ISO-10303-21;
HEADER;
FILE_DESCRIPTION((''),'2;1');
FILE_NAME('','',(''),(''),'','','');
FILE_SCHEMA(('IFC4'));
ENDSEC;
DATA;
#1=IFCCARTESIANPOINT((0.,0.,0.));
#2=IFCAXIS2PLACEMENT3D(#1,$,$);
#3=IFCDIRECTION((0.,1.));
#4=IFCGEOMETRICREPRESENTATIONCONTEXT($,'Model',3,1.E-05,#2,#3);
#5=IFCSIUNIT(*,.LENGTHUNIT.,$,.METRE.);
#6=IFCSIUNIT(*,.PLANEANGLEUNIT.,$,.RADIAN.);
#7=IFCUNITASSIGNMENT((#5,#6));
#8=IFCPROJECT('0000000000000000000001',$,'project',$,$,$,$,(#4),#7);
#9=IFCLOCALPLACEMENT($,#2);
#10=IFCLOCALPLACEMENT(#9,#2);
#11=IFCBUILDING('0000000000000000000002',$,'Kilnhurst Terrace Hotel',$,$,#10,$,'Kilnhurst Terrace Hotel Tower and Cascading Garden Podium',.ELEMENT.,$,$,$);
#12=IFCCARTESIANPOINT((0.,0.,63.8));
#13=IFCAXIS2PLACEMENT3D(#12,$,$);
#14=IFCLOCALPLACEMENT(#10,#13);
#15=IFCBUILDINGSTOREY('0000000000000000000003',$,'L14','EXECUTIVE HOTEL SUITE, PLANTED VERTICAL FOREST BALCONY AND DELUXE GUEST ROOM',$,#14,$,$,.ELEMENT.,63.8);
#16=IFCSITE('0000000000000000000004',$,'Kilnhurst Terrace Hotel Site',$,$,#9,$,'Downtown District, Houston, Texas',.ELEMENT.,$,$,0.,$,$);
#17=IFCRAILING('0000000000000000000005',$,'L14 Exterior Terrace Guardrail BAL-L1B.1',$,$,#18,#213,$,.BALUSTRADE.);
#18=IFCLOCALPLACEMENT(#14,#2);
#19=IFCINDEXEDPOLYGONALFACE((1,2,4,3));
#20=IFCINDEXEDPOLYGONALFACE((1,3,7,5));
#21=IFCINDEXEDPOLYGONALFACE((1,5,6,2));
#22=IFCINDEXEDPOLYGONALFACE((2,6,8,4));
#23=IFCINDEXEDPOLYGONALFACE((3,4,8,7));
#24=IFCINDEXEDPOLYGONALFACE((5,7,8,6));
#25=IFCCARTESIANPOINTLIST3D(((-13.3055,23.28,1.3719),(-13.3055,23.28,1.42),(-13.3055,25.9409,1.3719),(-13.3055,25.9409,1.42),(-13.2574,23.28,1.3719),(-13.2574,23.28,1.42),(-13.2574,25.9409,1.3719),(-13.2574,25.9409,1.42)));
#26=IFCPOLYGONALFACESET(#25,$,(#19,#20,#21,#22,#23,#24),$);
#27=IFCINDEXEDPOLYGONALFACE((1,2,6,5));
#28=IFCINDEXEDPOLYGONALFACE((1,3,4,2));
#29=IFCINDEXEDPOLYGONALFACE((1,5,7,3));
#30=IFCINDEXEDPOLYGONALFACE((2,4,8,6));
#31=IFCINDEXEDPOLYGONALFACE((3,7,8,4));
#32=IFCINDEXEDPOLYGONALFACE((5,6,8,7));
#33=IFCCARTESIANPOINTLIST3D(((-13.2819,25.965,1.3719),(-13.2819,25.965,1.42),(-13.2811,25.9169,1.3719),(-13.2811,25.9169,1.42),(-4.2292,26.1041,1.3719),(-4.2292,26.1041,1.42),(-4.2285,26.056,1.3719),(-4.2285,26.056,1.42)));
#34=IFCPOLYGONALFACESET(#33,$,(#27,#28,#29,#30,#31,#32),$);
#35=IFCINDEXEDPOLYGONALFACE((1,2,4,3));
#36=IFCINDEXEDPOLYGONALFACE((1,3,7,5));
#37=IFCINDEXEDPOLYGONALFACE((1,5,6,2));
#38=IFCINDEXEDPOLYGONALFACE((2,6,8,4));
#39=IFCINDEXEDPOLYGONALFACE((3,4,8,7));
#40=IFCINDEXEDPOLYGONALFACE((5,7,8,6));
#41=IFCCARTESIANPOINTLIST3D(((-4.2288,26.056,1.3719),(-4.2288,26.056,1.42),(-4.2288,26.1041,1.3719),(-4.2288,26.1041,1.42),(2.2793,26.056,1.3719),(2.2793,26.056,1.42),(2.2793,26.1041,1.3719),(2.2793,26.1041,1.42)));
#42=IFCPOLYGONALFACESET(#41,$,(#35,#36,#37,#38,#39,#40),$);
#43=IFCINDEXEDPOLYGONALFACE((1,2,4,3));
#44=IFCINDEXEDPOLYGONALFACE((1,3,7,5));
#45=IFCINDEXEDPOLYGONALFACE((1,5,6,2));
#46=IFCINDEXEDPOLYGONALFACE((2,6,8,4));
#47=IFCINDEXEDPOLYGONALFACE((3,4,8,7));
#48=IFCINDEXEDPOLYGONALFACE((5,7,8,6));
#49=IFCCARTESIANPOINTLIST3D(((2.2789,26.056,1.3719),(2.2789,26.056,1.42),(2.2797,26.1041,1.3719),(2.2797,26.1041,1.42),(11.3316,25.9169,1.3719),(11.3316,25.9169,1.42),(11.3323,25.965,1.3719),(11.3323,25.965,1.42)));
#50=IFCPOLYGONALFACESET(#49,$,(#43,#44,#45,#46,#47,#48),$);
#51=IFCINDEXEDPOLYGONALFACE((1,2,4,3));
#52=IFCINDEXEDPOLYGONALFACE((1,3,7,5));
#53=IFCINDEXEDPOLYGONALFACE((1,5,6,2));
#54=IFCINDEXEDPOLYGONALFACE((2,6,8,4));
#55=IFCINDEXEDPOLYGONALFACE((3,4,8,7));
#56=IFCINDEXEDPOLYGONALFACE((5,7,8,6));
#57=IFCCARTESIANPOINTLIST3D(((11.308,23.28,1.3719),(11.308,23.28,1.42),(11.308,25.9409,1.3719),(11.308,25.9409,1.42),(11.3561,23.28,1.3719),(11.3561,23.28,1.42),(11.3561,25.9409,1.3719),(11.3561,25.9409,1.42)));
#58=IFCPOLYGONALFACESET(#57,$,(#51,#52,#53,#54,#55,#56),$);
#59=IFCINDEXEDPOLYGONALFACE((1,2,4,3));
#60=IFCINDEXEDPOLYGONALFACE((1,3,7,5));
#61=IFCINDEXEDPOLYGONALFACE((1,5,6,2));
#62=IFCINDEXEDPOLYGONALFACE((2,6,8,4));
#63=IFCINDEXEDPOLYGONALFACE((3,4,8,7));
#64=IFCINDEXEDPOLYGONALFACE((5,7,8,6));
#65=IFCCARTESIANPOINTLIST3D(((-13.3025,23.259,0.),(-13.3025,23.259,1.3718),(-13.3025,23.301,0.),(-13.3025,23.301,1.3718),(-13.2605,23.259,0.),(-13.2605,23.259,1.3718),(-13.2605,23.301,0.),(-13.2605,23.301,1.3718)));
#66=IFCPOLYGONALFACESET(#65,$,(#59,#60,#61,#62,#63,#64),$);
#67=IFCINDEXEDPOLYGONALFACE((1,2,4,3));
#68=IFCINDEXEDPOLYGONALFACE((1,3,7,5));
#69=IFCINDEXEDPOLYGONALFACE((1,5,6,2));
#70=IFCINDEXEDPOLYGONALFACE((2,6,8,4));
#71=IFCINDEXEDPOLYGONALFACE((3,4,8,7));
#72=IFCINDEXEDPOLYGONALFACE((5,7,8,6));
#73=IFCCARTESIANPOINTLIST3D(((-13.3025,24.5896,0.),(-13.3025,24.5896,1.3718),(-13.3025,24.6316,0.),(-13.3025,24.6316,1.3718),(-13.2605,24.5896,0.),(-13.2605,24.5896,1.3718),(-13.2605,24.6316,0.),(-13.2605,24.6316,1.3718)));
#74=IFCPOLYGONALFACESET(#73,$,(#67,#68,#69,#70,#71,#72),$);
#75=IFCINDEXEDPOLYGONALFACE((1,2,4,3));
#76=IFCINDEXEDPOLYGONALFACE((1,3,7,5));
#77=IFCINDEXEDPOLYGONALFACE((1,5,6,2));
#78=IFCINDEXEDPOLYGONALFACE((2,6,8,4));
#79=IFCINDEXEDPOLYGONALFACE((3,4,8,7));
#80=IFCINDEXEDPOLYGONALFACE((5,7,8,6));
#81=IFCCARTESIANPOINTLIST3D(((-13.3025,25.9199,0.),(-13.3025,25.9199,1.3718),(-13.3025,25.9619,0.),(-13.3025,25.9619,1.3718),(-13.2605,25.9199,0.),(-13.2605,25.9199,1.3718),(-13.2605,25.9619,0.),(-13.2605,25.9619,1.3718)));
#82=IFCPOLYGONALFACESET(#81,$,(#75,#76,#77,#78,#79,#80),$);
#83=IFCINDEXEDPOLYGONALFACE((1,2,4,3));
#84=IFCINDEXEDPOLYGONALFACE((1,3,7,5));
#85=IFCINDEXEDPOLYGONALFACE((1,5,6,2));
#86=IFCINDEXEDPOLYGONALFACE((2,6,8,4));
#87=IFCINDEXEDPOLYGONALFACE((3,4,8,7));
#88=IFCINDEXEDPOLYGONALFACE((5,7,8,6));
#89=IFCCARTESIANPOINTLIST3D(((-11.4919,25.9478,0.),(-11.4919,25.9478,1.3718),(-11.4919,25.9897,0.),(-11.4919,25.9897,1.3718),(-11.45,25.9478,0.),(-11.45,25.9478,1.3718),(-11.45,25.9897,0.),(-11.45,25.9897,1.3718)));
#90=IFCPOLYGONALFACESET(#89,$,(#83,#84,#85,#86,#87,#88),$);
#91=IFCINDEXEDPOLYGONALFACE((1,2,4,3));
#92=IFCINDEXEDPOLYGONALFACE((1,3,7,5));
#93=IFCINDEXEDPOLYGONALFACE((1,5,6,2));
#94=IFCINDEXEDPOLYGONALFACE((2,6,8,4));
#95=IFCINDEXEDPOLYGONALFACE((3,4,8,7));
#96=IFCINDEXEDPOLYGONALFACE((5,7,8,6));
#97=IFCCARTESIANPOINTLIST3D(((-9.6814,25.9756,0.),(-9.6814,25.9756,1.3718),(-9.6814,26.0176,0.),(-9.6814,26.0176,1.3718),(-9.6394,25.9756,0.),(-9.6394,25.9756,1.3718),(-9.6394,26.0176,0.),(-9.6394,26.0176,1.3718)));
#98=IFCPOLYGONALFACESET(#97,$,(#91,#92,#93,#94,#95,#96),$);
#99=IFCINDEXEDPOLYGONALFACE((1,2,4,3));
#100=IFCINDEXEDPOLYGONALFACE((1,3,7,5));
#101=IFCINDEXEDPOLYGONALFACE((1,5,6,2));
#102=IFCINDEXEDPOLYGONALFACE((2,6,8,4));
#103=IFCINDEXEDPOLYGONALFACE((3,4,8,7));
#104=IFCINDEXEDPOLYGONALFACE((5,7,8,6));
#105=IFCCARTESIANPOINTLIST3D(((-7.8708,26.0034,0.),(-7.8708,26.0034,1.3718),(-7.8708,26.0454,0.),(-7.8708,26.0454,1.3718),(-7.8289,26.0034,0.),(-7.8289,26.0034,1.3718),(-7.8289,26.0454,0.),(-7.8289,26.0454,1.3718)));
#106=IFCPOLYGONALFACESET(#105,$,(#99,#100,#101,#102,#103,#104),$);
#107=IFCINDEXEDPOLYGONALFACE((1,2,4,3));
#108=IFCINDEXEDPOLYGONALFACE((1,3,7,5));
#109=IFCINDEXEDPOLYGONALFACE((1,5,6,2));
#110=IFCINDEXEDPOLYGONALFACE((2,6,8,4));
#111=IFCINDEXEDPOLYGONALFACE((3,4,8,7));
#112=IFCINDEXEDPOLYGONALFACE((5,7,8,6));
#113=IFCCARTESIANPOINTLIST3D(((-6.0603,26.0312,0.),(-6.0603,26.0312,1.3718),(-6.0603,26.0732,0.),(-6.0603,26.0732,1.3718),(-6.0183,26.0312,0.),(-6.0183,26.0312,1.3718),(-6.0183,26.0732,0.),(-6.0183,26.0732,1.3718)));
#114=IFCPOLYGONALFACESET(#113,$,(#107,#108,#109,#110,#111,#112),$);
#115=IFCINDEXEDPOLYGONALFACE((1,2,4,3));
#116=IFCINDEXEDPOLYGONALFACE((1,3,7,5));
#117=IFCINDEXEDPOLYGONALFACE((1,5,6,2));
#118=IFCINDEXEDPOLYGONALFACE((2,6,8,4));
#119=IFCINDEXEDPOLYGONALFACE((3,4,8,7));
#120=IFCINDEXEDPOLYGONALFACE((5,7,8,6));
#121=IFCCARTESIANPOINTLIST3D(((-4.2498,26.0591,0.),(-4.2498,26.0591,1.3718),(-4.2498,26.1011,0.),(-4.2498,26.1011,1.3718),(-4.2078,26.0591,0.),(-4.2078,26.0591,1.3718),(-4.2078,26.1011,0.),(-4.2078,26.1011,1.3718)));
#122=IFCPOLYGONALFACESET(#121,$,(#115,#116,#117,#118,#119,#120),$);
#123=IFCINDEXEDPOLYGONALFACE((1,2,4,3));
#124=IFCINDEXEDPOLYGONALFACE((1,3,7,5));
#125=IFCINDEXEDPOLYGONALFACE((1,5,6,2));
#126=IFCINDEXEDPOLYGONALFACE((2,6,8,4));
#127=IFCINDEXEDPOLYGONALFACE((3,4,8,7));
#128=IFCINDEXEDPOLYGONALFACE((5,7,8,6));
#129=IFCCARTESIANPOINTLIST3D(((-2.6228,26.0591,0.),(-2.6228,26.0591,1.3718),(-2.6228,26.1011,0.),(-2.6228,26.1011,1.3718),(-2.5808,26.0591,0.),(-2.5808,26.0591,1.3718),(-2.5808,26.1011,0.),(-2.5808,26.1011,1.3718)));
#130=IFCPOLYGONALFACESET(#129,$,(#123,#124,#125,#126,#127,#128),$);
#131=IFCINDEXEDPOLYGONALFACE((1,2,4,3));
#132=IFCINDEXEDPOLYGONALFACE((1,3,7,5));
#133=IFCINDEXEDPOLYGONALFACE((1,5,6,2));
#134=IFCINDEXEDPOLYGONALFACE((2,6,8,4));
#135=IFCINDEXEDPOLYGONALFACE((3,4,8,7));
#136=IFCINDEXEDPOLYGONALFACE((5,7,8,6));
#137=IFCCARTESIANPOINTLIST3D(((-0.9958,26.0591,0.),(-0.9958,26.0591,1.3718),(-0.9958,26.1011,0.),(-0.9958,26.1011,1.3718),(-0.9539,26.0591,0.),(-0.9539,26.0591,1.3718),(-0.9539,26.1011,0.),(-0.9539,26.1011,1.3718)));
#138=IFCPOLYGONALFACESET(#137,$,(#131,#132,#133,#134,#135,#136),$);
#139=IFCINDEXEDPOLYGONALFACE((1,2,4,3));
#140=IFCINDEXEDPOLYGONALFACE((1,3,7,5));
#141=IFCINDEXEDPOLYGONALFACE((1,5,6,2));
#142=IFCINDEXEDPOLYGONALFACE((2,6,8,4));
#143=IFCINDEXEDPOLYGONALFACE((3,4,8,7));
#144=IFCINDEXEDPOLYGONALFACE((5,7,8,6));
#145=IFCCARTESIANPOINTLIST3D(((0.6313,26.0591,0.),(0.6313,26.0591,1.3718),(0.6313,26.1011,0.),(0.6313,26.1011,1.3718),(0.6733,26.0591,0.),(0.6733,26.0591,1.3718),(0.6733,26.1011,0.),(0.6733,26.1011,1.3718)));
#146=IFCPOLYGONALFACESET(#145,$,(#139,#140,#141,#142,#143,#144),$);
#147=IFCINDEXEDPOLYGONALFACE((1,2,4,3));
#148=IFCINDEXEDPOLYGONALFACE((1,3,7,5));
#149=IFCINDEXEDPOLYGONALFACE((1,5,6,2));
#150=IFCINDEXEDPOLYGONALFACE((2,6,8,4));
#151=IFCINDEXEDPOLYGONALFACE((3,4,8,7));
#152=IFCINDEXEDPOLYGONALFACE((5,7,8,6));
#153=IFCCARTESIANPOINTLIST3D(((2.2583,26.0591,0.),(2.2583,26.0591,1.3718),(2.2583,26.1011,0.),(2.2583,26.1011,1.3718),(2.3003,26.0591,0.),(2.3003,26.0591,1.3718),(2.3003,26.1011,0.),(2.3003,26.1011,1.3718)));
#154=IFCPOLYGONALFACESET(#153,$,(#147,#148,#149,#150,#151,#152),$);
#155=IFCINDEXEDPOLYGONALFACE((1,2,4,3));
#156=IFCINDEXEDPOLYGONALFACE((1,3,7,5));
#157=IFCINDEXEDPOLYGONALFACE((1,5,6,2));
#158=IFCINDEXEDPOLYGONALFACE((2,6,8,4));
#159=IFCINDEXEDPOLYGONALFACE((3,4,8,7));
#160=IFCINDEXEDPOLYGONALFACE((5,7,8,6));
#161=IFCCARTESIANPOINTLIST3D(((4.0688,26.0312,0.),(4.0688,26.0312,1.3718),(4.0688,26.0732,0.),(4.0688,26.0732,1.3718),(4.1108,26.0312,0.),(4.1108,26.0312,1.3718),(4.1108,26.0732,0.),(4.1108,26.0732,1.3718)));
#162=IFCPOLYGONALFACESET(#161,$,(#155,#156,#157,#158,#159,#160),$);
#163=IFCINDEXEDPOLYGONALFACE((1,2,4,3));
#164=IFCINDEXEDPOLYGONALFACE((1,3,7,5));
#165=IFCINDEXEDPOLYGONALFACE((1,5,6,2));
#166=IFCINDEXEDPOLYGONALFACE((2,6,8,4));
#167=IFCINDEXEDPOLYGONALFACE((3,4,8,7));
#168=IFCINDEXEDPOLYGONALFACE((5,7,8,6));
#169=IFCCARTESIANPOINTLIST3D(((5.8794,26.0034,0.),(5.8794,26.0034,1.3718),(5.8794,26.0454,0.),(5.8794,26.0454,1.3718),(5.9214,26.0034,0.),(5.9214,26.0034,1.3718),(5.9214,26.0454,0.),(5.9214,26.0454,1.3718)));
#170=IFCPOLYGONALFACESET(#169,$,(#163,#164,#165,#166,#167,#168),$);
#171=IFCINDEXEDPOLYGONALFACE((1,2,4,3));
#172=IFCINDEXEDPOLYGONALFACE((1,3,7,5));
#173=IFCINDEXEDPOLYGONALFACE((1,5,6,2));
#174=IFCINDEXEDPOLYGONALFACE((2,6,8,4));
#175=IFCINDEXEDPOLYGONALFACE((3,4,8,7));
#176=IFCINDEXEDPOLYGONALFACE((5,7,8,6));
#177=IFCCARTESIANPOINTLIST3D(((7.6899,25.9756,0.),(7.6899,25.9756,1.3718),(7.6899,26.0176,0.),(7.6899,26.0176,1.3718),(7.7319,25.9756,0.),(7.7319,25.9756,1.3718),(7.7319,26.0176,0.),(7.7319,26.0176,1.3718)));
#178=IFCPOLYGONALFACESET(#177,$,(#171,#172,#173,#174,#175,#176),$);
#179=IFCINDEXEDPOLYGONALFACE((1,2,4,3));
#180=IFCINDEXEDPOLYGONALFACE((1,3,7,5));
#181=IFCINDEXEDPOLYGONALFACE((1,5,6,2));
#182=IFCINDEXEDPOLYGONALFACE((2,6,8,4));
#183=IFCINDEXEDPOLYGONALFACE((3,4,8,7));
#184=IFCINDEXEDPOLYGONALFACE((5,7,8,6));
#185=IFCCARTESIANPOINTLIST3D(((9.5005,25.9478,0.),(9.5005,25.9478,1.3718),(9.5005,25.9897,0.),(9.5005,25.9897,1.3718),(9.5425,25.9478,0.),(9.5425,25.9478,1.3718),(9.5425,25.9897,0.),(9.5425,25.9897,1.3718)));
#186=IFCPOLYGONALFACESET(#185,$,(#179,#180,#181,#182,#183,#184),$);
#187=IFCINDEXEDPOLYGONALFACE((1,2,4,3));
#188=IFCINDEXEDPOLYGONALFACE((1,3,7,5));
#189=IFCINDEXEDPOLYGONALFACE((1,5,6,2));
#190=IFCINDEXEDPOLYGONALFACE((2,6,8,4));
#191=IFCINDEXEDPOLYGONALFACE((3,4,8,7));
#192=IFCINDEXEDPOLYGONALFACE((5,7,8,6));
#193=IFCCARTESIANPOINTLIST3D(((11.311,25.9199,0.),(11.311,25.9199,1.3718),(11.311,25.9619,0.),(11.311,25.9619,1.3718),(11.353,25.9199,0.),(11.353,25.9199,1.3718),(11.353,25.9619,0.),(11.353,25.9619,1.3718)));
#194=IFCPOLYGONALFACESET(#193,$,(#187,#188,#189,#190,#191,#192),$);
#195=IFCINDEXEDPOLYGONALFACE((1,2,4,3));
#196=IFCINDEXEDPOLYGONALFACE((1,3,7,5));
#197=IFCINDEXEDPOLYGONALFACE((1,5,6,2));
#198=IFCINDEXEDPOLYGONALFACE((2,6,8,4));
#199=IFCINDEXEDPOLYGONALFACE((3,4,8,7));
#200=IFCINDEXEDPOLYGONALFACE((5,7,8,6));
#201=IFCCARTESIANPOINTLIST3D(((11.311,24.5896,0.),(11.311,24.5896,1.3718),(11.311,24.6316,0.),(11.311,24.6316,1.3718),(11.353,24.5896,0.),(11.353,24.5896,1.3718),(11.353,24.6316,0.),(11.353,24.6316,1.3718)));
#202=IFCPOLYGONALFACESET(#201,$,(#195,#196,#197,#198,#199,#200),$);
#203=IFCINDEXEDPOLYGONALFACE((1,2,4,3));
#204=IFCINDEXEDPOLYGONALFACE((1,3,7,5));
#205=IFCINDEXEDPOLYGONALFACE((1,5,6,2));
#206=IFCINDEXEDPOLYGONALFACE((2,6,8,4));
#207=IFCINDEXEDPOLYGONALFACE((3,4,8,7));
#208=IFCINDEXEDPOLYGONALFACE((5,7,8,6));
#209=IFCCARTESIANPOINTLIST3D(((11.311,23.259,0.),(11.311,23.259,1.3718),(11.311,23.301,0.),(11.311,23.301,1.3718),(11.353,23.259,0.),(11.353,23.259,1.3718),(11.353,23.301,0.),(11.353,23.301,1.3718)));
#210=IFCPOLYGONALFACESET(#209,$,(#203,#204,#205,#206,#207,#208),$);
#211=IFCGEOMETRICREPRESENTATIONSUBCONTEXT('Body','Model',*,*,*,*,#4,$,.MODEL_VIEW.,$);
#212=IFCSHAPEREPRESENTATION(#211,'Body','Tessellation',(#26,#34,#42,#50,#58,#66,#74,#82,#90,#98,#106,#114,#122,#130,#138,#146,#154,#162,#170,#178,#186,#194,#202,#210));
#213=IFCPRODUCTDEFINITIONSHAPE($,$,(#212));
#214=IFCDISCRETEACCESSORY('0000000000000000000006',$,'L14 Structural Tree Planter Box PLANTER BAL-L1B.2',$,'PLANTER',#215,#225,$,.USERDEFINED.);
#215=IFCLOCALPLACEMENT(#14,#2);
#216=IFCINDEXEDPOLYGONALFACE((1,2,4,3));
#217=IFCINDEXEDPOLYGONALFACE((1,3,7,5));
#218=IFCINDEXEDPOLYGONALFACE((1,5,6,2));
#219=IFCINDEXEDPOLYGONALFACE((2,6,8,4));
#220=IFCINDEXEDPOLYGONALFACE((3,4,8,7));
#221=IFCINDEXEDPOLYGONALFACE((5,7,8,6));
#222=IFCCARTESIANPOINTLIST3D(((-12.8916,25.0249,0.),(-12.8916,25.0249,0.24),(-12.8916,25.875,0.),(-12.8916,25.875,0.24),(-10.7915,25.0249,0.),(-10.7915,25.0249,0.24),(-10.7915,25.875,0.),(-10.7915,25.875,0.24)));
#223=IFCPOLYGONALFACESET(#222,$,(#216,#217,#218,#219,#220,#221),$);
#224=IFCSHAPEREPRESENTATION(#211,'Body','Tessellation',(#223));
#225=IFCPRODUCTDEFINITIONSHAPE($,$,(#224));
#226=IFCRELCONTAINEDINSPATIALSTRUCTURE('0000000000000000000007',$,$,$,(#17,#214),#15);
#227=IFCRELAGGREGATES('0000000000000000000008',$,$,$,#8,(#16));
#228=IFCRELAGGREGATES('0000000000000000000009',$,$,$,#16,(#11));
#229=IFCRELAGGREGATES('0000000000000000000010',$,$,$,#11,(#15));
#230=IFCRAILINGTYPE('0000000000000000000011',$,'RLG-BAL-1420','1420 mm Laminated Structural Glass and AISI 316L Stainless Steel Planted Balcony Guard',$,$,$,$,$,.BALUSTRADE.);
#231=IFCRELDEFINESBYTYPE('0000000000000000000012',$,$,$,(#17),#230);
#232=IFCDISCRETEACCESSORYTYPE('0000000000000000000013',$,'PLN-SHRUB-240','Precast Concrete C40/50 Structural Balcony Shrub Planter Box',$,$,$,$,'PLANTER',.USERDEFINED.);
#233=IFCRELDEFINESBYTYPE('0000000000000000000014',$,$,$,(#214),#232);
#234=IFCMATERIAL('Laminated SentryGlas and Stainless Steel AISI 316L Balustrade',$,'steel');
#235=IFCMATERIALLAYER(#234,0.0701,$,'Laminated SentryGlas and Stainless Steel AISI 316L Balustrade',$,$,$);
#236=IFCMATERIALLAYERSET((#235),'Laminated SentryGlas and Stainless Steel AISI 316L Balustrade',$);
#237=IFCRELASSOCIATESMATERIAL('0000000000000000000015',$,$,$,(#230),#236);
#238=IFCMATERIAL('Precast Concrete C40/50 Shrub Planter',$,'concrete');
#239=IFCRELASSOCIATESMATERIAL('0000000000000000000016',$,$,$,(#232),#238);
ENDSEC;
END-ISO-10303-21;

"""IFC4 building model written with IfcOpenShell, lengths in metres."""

from ifc_helpers import new_model, si_unit, direction, frame, origin, origin_2d, place, context, subcontext, project, spatial, rectangle, extrude, material, layer, layer_set, type_object, element, save


model = new_model("IFC4")

# Units and contexts
model_context = context("Model", 3, precision=1e-05, world=origin(), true_north=direction((0.0, 1.0)))
body_context = subcontext(model_context, "Body", "Model", "MODEL_VIEW")
ifc_project = project(units=[si_unit("LENGTHUNIT", "METRE"), si_unit("PLANEANGLEUNIT", "RADIAN")], contexts=[model_context])

# Site, building, storey
site_placement = place(None, origin())
site = spatial("IfcSite", under=ifc_project, at=site_placement, Name="Kilnhurst Terrace Hotel Site", LongName="Downtown District, Houston, Texas", CompositionType="ELEMENT", RefElevation=0.0)
building_placement = place(site_placement, origin())
building = spatial("IfcBuilding", under=site, at=building_placement, Name="Kilnhurst Terrace Hotel", LongName="Kilnhurst Terrace Hotel Tower and Cascading Garden Podium", CompositionType="ELEMENT")
storey_placement = place(building_placement, frame((0.0, 0.0, 63.8)))
storey = spatial("IfcBuildingStorey", under=building, at=storey_placement, Name="L14", Description="EXECUTIVE HOTEL SUITE, PLANTED VERTICAL FOREST BALCONY AND DELUXE GUEST ROOM", CompositionType="ELEMENT", Elevation=63.8)

# Railing
ifc_material_1 = material(Name="Laminated SentryGlas and Stainless Steel AISI 316L Balustrade", Category="steel")
ifc_layer_1 = layer(ifc_material_1, 0.0701, Name="Laminated SentryGlas and Stainless Steel AISI 316L Balustrade")
ifc_layer_set_1 = layer_set([ifc_layer_1], Name="Laminated SentryGlas and Stainless Steel AISI 316L Balustrade")
railing_type = type_object("IfcRailingType", Name="RLG-BAL-1420", Description="1420 mm Laminated Structural Glass and AISI 316L Stainless Steel Planted Balcony Guard", PredefinedType="BALUSTRADE", material=ifc_layer_set_1)
railing_placement = place(storey_placement, frame((-13.2815, 23.28, 0.0)))
element("IfcRailing", 1, at=railing_placement, inside=storey, type_object=railing_type, Name="L14 Exterior Terrace Guardrail BAL-L1B.1", PredefinedType="BALUSTRADE", context=body_context, shape_type="SweptSolid", body=[
    extrude(rectangle(XDim=0.0481, YDim=0.0481, at=origin_2d()), frame((0.0, 0.0, 1.396), z_axis=(0.0, 1.0, 0.0), x_axis=(-1.0, 0.0, 0.0)), (0.0, 0.0, 1.0), 2.6609),
    extrude(rectangle(XDim=0.0481, YDim=0.0481, at=origin_2d()), frame((0.0, 2.6609, 1.396), z_axis=(0.999882, 0.01537, 0.0), x_axis=(-0.01537, 0.999882, 0.0)), (0.0, 0.0, 1.0), 9.0537),
    extrude(rectangle(XDim=0.0481, YDim=0.0481, at=origin_2d()), frame((9.0527, 2.8, 1.396), z_axis=(1.0, 0.0, 0.0), x_axis=(0.0, 1.0, 0.0)), (0.0, 0.0, 1.0), 6.5081),
    extrude(rectangle(XDim=0.0481, YDim=0.0481, at=origin_2d()), frame((15.5608, 2.8, 1.396), z_axis=(0.999882, -0.01537, 0.0), x_axis=(0.01537, 0.999882, 0.0)), (0.0, 0.0, 1.0), 9.0537),
    extrude(rectangle(XDim=0.0481, YDim=0.0481, at=origin_2d()), frame((24.6135, 2.6609, 1.396), z_axis=(0.0, -1.0, 0.0), x_axis=(1.0, 0.0, 0.0)), (0.0, 0.0, 1.0), 2.6609),
    extrude(rectangle(XDim=0.042, YDim=0.042, at=origin_2d()), origin(), (0.0, 0.0, 1.0), 1.3718),
    extrude(rectangle(XDim=0.042, YDim=0.042, at=origin_2d()), frame((0.0, 1.3306, 0.0)), (0.0, 0.0, 1.0), 1.3718),
    extrude(rectangle(XDim=0.042, YDim=0.042, at=origin_2d()), frame((0.0, 2.6609, 0.0)), (0.0, 0.0, 1.0), 1.3718),
    extrude(rectangle(XDim=0.042, YDim=0.042, at=origin_2d()), frame((1.8105, 2.6887, 0.0)), (0.0, 0.0, 1.0), 1.3718),
    extrude(rectangle(XDim=0.042, YDim=0.042, at=origin_2d()), frame((3.6211, 2.7166, 0.0)), (0.0, 0.0, 1.0), 1.3718),
    extrude(rectangle(XDim=0.042, YDim=0.042, at=origin_2d()), frame((5.4316, 2.7444, 0.0)), (0.0, 0.0, 1.0), 1.3718),
    extrude(rectangle(XDim=0.042, YDim=0.042, at=origin_2d()), frame((7.2422, 2.7722, 0.0)), (0.0, 0.0, 1.0), 1.3718),
    extrude(rectangle(XDim=0.042, YDim=0.042, at=origin_2d()), frame((9.0527, 2.8, 0.0)), (0.0, 0.0, 1.0), 1.3718),
    extrude(rectangle(XDim=0.042, YDim=0.042, at=origin_2d()), frame((10.6797, 2.8, 0.0)), (0.0, 0.0, 1.0), 1.3718),
    extrude(rectangle(XDim=0.042, YDim=0.042, at=origin_2d()), frame((12.3066, 2.8, 0.0)), (0.0, 0.0, 1.0), 1.3718),
    extrude(rectangle(XDim=0.042, YDim=0.042, at=origin_2d()), frame((13.9338, 2.8, 0.0)), (0.0, 0.0, 1.0), 1.3718),
    extrude(rectangle(XDim=0.042, YDim=0.042, at=origin_2d()), frame((15.5608, 2.8, 0.0)), (0.0, 0.0, 1.0), 1.3718),
    extrude(rectangle(XDim=0.042, YDim=0.042, at=origin_2d()), frame((17.3713, 2.7722, 0.0)), (0.0, 0.0, 1.0), 1.3718),
    extrude(rectangle(XDim=0.042, YDim=0.042, at=origin_2d()), frame((19.1819, 2.7444, 0.0)), (0.0, 0.0, 1.0), 1.3718),
    extrude(rectangle(XDim=0.042, YDim=0.042, at=origin_2d()), frame((20.9924, 2.7166, 0.0)), (0.0, 0.0, 1.0), 1.3718),
    extrude(rectangle(XDim=0.042, YDim=0.042, at=origin_2d()), frame((22.803, 2.6887, 0.0)), (0.0, 0.0, 1.0), 1.3718),
    extrude(rectangle(XDim=0.042, YDim=0.042, at=origin_2d()), frame((24.6135, 2.6609, 0.0)), (0.0, 0.0, 1.0), 1.3718),
    extrude(rectangle(XDim=0.042, YDim=0.042, at=origin_2d()), frame((24.6135, 1.3306, 0.0)), (0.0, 0.0, 1.0), 1.3718),
    extrude(rectangle(XDim=0.042, YDim=0.042, at=origin_2d()), frame((24.6135, 0.0, 0.0)), (0.0, 0.0, 1.0), 1.3718),
])

# Discrete accessory
ifc_material_2 = material(Name="Precast Concrete C40/50 Shrub Planter", Category="concrete")
discrete_accessory_type = type_object("IfcDiscreteAccessoryType", Name="PLN-SHRUB-240", Description="Precast Concrete C40/50 Structural Balcony Shrub Planter Box", ElementType="PLANTER", PredefinedType="USERDEFINED", material=ifc_material_2)
discrete_accessory_placement = place(storey_placement, frame((-11.8416, 25.45, 0.0), z_axis=(0.0, 0.0, 1.0), x_axis=(-1.0, 0.0, 0.0)))
element("IfcDiscreteAccessory", 2, at=discrete_accessory_placement, inside=storey, type_object=discrete_accessory_type, Name="L14 Structural Tree Planter Box PLANTER BAL-L1B.2", ObjectType="PLANTER", PredefinedType="USERDEFINED", context=body_context, shape_type="SweptSolid", body=[
    extrude(rectangle(XDim=2.1001, YDim=0.8501, at=origin_2d()), origin(), (0.0, 0.0, 1.0), 0.24),
])

save(model, "model.ifc")
